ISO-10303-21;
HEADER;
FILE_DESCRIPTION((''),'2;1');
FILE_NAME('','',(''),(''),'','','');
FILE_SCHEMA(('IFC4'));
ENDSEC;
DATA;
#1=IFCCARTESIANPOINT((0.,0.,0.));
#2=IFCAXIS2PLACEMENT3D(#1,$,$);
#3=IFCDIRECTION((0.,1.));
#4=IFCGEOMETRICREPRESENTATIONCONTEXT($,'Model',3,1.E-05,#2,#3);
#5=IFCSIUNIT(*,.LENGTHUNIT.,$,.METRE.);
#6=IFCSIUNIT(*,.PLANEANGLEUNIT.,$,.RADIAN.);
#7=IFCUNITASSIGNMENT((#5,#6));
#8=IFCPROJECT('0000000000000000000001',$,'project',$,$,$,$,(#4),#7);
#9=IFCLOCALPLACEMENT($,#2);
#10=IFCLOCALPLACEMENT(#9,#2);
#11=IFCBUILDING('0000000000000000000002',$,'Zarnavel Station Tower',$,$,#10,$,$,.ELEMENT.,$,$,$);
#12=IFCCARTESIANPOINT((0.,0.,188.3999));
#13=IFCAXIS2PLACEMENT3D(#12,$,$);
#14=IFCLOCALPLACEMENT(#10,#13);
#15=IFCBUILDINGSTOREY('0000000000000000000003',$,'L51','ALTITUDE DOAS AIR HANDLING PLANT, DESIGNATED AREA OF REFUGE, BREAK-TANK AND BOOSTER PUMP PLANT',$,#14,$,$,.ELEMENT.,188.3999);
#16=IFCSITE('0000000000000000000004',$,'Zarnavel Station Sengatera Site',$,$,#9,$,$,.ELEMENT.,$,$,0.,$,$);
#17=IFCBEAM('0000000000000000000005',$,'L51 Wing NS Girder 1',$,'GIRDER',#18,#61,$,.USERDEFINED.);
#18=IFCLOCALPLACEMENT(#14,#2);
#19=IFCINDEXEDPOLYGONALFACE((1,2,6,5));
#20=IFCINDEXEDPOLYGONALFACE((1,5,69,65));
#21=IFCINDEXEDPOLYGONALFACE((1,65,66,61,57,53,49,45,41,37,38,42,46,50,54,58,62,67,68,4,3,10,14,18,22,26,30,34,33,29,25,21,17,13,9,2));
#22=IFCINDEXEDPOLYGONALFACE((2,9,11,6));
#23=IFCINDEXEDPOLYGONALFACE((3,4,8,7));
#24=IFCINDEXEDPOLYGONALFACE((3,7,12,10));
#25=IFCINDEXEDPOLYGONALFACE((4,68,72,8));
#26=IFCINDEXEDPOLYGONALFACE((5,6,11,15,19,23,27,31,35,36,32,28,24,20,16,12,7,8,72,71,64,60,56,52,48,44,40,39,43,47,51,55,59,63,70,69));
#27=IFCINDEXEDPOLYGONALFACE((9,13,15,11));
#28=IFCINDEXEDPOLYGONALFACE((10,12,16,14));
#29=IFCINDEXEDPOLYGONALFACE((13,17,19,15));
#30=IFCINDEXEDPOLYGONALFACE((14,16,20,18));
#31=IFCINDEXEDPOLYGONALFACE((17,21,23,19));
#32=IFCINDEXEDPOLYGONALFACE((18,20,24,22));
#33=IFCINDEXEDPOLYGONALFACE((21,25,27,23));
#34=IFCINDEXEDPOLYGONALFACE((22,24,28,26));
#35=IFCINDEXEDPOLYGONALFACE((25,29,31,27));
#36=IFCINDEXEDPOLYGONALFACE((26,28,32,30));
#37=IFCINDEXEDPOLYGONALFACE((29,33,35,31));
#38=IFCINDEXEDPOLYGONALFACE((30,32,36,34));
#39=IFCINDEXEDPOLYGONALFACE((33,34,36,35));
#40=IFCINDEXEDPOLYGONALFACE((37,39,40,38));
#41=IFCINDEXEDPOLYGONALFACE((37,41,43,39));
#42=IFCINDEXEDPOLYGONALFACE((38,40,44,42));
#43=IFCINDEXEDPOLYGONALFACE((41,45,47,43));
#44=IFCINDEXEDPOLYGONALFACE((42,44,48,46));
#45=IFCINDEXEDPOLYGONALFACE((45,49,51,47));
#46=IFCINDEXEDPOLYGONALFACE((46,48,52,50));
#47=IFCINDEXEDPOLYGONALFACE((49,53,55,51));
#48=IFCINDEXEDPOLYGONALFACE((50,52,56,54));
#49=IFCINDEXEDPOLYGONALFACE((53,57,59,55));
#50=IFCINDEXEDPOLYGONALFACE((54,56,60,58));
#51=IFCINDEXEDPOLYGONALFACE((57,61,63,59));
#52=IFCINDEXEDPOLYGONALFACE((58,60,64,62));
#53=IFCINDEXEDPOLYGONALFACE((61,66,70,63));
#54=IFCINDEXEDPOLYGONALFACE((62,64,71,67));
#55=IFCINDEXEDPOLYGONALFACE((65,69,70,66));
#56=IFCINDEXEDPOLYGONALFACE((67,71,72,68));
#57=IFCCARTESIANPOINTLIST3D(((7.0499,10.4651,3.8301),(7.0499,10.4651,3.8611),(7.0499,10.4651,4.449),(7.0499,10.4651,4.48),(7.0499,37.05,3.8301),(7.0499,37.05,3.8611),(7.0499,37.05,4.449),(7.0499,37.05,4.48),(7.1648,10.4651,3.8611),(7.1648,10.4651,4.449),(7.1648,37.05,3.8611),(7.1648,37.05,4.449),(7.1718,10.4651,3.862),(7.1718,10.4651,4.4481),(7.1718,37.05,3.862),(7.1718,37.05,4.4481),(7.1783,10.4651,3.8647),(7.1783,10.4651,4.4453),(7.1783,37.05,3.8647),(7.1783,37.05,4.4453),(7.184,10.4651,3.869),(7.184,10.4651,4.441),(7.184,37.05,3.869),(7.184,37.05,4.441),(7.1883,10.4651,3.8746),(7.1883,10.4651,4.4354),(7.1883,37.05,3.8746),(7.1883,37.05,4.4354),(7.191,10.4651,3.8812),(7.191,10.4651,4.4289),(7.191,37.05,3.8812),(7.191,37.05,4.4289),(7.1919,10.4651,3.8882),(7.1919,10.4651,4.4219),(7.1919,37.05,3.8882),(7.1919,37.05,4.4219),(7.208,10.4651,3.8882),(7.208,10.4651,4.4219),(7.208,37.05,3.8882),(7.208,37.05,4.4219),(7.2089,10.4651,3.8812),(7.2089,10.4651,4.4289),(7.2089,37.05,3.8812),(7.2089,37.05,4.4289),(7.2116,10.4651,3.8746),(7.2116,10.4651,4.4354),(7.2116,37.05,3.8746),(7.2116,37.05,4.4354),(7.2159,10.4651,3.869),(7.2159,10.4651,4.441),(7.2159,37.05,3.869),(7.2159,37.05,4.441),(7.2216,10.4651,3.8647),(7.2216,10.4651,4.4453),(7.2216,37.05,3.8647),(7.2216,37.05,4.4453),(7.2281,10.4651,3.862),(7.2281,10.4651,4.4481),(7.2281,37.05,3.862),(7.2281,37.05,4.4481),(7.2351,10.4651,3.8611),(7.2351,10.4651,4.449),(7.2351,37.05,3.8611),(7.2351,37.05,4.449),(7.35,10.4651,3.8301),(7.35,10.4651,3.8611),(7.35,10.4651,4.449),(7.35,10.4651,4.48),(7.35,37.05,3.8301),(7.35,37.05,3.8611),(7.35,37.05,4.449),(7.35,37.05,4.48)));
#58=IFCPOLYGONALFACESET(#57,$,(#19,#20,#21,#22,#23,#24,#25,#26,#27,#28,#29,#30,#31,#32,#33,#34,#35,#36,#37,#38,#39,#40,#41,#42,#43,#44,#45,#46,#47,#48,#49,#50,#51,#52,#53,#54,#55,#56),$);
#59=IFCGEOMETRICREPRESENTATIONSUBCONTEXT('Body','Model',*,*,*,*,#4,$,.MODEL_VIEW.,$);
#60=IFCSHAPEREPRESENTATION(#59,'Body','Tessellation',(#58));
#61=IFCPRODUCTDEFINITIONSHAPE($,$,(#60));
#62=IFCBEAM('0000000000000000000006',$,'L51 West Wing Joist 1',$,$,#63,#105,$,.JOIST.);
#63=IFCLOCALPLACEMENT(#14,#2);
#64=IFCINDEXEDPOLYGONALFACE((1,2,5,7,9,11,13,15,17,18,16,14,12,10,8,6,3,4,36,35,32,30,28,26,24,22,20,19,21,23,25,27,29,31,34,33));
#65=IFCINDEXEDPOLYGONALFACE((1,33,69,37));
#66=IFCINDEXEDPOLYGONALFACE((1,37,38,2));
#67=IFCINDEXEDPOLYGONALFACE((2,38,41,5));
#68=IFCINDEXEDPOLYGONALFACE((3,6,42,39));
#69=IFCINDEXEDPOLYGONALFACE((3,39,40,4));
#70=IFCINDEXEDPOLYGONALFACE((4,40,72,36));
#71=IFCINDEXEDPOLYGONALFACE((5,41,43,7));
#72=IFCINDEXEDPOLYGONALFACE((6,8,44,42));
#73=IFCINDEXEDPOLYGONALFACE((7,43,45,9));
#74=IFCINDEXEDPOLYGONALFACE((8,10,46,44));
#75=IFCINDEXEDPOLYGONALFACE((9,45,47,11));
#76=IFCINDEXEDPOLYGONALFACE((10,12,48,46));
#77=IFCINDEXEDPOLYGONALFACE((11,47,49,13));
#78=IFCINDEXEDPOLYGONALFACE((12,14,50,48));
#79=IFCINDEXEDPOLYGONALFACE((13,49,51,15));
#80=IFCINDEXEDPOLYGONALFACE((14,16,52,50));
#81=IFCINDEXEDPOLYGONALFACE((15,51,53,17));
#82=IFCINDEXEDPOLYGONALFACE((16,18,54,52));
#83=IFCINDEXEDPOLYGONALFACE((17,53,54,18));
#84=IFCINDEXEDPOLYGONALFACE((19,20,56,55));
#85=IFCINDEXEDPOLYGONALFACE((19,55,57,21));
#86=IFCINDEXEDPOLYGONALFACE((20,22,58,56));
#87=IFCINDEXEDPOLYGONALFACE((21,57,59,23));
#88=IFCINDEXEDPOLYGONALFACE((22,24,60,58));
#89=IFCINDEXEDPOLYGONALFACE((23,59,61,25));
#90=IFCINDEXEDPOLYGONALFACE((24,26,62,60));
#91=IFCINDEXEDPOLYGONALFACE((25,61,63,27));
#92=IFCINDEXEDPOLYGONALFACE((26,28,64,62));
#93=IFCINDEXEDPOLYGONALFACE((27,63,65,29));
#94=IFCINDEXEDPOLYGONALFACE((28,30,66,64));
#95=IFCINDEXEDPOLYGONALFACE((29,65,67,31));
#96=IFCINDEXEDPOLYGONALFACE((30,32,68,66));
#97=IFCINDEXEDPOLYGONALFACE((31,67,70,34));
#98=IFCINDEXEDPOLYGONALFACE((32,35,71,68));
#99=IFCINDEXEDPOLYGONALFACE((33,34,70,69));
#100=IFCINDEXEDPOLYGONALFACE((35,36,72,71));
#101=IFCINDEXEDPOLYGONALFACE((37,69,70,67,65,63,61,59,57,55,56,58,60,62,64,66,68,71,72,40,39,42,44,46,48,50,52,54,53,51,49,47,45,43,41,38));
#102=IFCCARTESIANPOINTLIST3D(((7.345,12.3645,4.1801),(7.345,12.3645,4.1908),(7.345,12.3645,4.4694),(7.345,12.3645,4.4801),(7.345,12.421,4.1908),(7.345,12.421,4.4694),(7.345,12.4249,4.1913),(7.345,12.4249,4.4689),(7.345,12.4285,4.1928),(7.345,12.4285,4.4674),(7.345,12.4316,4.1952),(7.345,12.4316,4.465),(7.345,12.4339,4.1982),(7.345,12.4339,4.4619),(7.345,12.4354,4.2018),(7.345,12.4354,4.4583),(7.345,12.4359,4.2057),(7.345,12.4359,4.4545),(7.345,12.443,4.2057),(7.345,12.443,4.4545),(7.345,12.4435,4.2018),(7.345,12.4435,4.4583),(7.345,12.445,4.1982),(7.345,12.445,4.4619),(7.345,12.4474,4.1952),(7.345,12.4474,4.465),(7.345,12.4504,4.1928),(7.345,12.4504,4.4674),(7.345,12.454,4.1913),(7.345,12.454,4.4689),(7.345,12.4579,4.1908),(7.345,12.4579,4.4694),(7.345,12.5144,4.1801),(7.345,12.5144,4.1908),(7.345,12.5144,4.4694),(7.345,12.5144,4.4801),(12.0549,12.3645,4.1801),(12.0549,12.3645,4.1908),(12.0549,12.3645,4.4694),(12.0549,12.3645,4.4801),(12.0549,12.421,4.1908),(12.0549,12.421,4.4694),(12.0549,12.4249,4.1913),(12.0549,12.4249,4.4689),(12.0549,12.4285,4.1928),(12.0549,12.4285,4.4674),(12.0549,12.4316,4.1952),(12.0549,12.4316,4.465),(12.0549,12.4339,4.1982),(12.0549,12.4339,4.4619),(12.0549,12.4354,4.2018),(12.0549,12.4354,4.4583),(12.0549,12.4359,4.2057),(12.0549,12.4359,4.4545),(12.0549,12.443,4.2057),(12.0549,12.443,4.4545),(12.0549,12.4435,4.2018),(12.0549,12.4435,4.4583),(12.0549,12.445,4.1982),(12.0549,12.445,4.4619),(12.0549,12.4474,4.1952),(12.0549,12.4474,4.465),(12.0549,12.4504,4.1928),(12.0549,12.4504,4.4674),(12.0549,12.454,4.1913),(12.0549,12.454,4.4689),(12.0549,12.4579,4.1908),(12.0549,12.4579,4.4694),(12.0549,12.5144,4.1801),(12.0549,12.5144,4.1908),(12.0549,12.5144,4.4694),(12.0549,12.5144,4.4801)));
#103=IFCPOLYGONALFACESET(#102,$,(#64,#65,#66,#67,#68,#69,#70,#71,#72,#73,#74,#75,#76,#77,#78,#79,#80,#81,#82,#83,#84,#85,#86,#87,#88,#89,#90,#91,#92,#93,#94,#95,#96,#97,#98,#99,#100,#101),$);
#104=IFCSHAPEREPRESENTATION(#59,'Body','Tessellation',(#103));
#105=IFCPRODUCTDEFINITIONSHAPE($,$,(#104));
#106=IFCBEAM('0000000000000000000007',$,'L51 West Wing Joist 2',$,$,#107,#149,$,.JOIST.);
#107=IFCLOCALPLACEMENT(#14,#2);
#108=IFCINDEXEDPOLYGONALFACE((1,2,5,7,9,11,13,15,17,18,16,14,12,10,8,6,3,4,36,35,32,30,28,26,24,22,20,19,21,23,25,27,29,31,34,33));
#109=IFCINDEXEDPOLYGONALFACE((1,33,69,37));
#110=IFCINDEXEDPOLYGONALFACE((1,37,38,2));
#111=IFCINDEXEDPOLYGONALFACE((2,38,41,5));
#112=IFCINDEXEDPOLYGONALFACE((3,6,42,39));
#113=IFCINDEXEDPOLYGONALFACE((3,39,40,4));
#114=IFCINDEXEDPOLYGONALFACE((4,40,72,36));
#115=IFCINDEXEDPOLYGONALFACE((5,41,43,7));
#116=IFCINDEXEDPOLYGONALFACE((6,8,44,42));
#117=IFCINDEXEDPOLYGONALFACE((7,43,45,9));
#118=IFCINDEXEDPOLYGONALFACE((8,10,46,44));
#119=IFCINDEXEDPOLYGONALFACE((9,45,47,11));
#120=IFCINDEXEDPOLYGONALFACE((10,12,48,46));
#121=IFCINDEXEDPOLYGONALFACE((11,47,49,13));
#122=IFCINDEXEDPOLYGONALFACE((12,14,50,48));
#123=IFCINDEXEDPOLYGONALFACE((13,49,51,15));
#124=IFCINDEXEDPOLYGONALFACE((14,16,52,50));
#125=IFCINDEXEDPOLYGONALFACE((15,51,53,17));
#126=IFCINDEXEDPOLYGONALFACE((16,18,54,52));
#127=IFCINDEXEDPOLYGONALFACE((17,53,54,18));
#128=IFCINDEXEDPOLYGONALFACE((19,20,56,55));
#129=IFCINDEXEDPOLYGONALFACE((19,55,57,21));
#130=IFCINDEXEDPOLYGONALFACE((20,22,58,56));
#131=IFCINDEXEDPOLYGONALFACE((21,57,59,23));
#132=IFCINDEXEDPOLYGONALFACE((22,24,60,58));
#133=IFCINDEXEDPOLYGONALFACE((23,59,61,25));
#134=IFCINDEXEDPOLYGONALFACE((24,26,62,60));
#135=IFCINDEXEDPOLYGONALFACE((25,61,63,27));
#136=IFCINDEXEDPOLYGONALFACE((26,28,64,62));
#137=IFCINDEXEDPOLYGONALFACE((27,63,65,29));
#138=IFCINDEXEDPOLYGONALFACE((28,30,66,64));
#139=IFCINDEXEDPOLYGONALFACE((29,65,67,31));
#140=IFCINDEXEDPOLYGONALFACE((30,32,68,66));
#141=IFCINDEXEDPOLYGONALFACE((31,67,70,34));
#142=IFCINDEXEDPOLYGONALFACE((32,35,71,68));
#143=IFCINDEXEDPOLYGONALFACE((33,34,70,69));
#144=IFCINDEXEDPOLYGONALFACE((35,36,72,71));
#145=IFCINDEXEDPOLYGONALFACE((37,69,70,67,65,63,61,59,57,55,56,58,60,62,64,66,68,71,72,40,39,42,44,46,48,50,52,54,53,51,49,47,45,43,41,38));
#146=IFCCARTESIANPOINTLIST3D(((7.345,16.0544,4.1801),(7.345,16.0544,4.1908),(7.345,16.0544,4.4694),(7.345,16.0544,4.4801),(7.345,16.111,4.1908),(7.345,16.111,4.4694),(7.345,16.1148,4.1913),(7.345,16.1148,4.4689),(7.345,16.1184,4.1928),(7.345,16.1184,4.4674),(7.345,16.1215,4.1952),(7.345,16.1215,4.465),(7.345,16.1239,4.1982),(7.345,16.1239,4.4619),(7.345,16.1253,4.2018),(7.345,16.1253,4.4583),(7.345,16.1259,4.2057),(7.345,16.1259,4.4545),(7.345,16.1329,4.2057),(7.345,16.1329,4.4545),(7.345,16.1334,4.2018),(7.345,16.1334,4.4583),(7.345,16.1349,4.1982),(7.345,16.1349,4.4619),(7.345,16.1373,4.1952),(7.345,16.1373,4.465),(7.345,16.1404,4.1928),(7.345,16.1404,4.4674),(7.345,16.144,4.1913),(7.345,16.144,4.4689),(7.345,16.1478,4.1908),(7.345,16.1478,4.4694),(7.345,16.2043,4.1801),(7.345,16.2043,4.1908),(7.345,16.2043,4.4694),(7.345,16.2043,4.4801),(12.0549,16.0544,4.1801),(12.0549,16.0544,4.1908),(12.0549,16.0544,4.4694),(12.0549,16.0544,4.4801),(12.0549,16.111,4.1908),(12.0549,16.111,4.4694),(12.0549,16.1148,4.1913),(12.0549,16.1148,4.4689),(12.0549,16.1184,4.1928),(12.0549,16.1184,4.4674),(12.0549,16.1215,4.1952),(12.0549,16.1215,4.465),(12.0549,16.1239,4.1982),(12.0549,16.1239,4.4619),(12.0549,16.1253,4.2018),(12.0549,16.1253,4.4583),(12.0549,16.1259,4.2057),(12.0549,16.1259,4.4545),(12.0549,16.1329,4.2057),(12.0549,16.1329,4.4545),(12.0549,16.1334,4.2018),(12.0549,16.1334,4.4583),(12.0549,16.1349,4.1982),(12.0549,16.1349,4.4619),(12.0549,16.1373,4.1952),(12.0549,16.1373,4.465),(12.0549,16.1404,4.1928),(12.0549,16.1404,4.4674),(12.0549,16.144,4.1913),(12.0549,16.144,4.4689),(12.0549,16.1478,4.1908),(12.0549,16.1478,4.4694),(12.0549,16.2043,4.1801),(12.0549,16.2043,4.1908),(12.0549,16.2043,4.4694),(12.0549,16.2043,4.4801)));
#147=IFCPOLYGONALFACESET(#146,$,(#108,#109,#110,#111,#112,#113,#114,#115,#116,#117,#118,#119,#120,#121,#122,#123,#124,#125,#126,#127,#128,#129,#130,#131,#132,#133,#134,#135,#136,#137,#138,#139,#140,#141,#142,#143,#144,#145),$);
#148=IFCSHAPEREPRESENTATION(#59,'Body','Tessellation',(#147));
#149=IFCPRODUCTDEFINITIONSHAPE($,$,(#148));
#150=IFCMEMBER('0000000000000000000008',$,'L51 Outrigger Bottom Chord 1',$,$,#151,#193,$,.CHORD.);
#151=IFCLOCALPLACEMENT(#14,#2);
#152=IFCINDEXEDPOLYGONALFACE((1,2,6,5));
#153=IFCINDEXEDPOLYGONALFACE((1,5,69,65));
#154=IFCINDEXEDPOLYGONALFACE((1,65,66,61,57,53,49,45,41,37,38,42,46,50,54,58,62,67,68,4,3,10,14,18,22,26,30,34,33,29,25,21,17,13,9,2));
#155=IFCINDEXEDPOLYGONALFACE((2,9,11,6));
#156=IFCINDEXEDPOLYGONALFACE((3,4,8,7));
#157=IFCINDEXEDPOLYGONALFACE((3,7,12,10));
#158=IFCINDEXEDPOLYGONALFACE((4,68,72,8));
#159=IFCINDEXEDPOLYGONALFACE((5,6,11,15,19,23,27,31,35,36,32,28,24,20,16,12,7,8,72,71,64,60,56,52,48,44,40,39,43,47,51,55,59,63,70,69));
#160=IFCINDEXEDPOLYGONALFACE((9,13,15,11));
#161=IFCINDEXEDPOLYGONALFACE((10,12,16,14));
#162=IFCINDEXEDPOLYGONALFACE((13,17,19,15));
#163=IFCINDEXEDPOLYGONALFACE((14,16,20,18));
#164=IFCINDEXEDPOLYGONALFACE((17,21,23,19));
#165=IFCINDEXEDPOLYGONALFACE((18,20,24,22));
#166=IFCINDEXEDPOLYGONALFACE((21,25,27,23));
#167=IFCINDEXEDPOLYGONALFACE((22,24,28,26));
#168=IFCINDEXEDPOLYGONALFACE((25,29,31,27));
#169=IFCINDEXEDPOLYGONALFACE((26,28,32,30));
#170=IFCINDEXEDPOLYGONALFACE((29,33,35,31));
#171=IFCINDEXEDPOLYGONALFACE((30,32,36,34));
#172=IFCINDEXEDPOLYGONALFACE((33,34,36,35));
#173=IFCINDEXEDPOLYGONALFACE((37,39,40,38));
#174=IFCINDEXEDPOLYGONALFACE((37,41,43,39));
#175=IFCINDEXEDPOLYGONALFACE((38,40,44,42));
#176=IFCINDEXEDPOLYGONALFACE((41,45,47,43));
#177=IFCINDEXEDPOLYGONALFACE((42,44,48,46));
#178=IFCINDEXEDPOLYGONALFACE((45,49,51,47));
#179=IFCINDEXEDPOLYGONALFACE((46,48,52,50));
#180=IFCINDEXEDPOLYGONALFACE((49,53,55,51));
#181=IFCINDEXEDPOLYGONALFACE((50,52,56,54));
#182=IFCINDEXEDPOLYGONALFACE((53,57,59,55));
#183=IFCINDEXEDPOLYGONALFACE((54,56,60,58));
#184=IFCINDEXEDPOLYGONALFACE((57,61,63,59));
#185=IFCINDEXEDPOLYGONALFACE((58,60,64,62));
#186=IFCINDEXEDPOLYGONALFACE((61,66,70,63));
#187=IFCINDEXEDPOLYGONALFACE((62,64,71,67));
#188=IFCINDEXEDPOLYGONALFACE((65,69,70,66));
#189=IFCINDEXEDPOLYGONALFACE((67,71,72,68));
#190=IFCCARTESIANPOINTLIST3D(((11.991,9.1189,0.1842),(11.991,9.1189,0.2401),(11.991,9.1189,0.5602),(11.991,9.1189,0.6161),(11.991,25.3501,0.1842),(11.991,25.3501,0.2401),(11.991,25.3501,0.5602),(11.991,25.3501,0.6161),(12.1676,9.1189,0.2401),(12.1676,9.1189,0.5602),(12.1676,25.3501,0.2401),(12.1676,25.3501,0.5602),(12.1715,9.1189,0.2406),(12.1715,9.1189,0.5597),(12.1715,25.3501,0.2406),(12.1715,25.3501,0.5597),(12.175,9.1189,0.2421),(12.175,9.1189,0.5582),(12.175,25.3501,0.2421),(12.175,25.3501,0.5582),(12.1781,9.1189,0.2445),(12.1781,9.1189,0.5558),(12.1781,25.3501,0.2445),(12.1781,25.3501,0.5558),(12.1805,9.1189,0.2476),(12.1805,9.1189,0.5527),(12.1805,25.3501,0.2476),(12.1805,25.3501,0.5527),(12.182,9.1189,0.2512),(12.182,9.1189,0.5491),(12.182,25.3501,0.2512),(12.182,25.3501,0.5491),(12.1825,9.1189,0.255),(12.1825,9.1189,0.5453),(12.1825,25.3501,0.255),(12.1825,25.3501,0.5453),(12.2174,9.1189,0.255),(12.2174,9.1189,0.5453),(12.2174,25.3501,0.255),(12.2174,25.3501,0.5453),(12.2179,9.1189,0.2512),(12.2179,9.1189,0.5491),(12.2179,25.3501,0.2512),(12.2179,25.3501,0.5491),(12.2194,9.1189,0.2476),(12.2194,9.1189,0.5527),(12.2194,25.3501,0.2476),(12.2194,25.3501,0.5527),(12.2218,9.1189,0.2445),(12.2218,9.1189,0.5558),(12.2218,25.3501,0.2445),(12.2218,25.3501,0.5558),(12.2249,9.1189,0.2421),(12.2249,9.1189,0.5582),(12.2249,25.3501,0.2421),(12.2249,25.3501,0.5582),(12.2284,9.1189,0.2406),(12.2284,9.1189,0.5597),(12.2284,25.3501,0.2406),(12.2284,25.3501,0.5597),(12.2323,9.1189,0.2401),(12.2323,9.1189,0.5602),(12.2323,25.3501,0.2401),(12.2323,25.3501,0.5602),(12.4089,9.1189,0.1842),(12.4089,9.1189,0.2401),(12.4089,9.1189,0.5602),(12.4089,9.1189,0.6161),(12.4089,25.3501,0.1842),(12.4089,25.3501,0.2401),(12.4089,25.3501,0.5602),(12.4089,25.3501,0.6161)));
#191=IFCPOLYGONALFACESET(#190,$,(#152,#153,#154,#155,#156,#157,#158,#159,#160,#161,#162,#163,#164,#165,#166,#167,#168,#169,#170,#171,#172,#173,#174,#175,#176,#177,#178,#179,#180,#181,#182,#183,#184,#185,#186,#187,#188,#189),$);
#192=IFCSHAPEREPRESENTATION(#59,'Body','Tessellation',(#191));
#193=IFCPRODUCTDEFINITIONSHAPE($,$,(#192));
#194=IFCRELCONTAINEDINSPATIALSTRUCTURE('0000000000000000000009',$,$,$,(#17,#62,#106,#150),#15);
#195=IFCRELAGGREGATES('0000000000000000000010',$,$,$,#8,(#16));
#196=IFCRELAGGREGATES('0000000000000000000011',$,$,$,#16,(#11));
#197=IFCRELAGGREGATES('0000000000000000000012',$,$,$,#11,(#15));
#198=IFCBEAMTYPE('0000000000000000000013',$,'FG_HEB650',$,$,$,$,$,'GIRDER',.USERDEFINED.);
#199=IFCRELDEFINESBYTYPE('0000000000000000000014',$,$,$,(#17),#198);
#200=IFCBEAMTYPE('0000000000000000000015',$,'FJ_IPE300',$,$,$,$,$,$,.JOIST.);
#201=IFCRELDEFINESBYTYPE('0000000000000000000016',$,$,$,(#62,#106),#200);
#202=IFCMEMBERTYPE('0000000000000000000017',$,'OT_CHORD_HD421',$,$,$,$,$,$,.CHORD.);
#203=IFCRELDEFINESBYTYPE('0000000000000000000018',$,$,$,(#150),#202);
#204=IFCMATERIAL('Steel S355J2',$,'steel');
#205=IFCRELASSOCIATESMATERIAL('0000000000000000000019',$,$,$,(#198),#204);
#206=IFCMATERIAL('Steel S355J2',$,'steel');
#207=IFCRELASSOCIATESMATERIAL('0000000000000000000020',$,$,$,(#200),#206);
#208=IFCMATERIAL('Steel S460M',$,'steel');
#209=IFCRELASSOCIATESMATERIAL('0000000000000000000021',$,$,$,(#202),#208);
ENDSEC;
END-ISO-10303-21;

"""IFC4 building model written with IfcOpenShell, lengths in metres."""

from ifc_helpers import new_model, si_unit, direction, frame, origin, origin_2d, place, context, subcontext, project, spatial, i_section, extrude, material, material_profile, profile_set, type_object, element, save


model = new_model("IFC4")

# Units and contexts
model_context = context("Model", 3, precision=1e-05, world=origin(), true_north=direction((0.0, 1.0)))
body_context = subcontext(model_context, "Body", "Model", "MODEL_VIEW")
ifc_project = project(units=[si_unit("LENGTHUNIT", "METRE"), si_unit("PLANEANGLEUNIT", "RADIAN")], contexts=[model_context])

# Site, building, storey
site_placement = place(None, origin())
site = spatial("IfcSite", under=ifc_project, at=site_placement, Name="Zarnavel Station Sengatera Site", CompositionType="ELEMENT", RefElevation=0.0)
building_placement = place(site_placement, origin())
building = spatial("IfcBuilding", under=site, at=building_placement, Name="Zarnavel Station Tower", CompositionType="ELEMENT")
storey_placement = place(building_placement, frame((0.0, 0.0, 188.3999)))
storey = spatial("IfcBuildingStorey", under=building, at=storey_placement, Name="L51", Description="ALTITUDE DOAS AIR HANDLING PLANT, DESIGNATED AREA OF REFUGE, BREAK-TANK AND BOOSTER PUMP PLANT", CompositionType="ELEMENT", Elevation=188.3999)

# Beams
ifc_material_1 = material(Name="Steel S355J2", Category="steel")
ifc_material_profile_1 = material_profile(ifc_material_1, i_section(OverallWidth=0.3, OverallDepth=0.6499, WebThickness=0.0161, FlangeThickness=0.031, FilletRadius=0.0271, at=origin_2d()), Name="HEB650")
ifc_profile_set_1 = profile_set([ifc_material_profile_1], Name="Steel S355J2")
beam_type_1 = type_object("IfcBeamType", Name="FG_HEB650", ElementType="GIRDER", PredefinedType="USERDEFINED", material=ifc_profile_set_1)
beam_1_placement = place(storey_placement, frame((7.2, 10.4651, 4.155), z_axis=(0.0, 1.0, 0.0), x_axis=(-1.0, 0.0, 0.0)))
element("IfcBeam", 1, at=beam_1_placement, inside=storey, type_object=beam_type_1, Name="L51 Wing NS Girder 1", ObjectType="GIRDER", PredefinedType="USERDEFINED", context=body_context, shape_type="SweptSolid", body=[
    extrude(i_section(OverallWidth=0.3, OverallDepth=0.6499, WebThickness=0.0161, FlangeThickness=0.031, FilletRadius=0.0271, at=origin_2d()), origin(), (0.0, 0.0, 1.0), 26.585),
])
ifc_material_2 = material(Name="Steel S355J2", Category="steel")
ifc_material_profile_2 = material_profile(ifc_material_2, i_section(OverallWidth=0.1499, OverallDepth=0.3, WebThickness=0.0071, FlangeThickness=0.0107, FilletRadius=0.0149, at=origin_2d()), Name="IPE300")
ifc_profile_set_2 = profile_set([ifc_material_profile_2], Name="Steel S355J2")
beam_type_2 = type_object("IfcBeamType", Name="FJ_IPE300", PredefinedType="JOIST", material=ifc_profile_set_2)
for number, where, z_axis, x_axis, name in (
    (2, (7.345, 12.4395, 4.3301), (1.0, 0.0, 0.0), (0.0, 1.0, 0.0), "L51 West Wing Joist 1"),
    (3, (7.345, 16.1294, 4.3301), (1.0, 0.0, 0.0), (0.0, 1.0, 0.0), "L51 West Wing Joist 2"),
):
    element("IfcBeam", number, at=place(storey_placement, frame(where, z_axis=z_axis, x_axis=x_axis)), inside=storey, type_object=beam_type_2, Name=name, PredefinedType="JOIST", context=body_context, shape_type="SweptSolid", body=[
        extrude(i_section(OverallWidth=0.1499, OverallDepth=0.3, WebThickness=0.0071, FlangeThickness=0.0107, FilletRadius=0.0149, at=origin_2d()), origin(), (0.0, 0.0, 1.0), 4.71),
    ])

# Member
ifc_material_3 = material(Name="Steel S460M", Category="steel")
ifc_material_profile_3 = material_profile(ifc_material_3, i_section(OverallWidth=0.418, OverallDepth=0.4319, WebThickness=0.0349, FlangeThickness=0.0559, FilletRadius=0.0149, at=origin_2d()), Name="HD400x421")
ifc_profile_set_3 = profile_set([ifc_material_profile_3], Name="Steel S460M")
member_type_1 = type_object("IfcMemberType", Name="OT_CHORD_HD421", PredefinedType="CHORD", material=ifc_profile_set_3)
member_1_placement = place(storey_placement, frame((12.2, 9.1189, 0.4001), z_axis=(0.0, 1.0, 0.0), x_axis=(-1.0, 0.0, 0.0)))
element("IfcMember", 4, at=member_1_placement, inside=storey, type_object=member_type_1, Name="L51 Outrigger Bottom Chord 1", PredefinedType="CHORD", context=body_context, shape_type="SweptSolid", body=[
    extrude(i_section(OverallWidth=0.418, OverallDepth=0.4319, WebThickness=0.0349, FlangeThickness=0.0559, FilletRadius=0.0149, at=origin_2d()), origin(), (0.0, 0.0, 1.0), 16.2312),
])

save(model, "model.ifc")
